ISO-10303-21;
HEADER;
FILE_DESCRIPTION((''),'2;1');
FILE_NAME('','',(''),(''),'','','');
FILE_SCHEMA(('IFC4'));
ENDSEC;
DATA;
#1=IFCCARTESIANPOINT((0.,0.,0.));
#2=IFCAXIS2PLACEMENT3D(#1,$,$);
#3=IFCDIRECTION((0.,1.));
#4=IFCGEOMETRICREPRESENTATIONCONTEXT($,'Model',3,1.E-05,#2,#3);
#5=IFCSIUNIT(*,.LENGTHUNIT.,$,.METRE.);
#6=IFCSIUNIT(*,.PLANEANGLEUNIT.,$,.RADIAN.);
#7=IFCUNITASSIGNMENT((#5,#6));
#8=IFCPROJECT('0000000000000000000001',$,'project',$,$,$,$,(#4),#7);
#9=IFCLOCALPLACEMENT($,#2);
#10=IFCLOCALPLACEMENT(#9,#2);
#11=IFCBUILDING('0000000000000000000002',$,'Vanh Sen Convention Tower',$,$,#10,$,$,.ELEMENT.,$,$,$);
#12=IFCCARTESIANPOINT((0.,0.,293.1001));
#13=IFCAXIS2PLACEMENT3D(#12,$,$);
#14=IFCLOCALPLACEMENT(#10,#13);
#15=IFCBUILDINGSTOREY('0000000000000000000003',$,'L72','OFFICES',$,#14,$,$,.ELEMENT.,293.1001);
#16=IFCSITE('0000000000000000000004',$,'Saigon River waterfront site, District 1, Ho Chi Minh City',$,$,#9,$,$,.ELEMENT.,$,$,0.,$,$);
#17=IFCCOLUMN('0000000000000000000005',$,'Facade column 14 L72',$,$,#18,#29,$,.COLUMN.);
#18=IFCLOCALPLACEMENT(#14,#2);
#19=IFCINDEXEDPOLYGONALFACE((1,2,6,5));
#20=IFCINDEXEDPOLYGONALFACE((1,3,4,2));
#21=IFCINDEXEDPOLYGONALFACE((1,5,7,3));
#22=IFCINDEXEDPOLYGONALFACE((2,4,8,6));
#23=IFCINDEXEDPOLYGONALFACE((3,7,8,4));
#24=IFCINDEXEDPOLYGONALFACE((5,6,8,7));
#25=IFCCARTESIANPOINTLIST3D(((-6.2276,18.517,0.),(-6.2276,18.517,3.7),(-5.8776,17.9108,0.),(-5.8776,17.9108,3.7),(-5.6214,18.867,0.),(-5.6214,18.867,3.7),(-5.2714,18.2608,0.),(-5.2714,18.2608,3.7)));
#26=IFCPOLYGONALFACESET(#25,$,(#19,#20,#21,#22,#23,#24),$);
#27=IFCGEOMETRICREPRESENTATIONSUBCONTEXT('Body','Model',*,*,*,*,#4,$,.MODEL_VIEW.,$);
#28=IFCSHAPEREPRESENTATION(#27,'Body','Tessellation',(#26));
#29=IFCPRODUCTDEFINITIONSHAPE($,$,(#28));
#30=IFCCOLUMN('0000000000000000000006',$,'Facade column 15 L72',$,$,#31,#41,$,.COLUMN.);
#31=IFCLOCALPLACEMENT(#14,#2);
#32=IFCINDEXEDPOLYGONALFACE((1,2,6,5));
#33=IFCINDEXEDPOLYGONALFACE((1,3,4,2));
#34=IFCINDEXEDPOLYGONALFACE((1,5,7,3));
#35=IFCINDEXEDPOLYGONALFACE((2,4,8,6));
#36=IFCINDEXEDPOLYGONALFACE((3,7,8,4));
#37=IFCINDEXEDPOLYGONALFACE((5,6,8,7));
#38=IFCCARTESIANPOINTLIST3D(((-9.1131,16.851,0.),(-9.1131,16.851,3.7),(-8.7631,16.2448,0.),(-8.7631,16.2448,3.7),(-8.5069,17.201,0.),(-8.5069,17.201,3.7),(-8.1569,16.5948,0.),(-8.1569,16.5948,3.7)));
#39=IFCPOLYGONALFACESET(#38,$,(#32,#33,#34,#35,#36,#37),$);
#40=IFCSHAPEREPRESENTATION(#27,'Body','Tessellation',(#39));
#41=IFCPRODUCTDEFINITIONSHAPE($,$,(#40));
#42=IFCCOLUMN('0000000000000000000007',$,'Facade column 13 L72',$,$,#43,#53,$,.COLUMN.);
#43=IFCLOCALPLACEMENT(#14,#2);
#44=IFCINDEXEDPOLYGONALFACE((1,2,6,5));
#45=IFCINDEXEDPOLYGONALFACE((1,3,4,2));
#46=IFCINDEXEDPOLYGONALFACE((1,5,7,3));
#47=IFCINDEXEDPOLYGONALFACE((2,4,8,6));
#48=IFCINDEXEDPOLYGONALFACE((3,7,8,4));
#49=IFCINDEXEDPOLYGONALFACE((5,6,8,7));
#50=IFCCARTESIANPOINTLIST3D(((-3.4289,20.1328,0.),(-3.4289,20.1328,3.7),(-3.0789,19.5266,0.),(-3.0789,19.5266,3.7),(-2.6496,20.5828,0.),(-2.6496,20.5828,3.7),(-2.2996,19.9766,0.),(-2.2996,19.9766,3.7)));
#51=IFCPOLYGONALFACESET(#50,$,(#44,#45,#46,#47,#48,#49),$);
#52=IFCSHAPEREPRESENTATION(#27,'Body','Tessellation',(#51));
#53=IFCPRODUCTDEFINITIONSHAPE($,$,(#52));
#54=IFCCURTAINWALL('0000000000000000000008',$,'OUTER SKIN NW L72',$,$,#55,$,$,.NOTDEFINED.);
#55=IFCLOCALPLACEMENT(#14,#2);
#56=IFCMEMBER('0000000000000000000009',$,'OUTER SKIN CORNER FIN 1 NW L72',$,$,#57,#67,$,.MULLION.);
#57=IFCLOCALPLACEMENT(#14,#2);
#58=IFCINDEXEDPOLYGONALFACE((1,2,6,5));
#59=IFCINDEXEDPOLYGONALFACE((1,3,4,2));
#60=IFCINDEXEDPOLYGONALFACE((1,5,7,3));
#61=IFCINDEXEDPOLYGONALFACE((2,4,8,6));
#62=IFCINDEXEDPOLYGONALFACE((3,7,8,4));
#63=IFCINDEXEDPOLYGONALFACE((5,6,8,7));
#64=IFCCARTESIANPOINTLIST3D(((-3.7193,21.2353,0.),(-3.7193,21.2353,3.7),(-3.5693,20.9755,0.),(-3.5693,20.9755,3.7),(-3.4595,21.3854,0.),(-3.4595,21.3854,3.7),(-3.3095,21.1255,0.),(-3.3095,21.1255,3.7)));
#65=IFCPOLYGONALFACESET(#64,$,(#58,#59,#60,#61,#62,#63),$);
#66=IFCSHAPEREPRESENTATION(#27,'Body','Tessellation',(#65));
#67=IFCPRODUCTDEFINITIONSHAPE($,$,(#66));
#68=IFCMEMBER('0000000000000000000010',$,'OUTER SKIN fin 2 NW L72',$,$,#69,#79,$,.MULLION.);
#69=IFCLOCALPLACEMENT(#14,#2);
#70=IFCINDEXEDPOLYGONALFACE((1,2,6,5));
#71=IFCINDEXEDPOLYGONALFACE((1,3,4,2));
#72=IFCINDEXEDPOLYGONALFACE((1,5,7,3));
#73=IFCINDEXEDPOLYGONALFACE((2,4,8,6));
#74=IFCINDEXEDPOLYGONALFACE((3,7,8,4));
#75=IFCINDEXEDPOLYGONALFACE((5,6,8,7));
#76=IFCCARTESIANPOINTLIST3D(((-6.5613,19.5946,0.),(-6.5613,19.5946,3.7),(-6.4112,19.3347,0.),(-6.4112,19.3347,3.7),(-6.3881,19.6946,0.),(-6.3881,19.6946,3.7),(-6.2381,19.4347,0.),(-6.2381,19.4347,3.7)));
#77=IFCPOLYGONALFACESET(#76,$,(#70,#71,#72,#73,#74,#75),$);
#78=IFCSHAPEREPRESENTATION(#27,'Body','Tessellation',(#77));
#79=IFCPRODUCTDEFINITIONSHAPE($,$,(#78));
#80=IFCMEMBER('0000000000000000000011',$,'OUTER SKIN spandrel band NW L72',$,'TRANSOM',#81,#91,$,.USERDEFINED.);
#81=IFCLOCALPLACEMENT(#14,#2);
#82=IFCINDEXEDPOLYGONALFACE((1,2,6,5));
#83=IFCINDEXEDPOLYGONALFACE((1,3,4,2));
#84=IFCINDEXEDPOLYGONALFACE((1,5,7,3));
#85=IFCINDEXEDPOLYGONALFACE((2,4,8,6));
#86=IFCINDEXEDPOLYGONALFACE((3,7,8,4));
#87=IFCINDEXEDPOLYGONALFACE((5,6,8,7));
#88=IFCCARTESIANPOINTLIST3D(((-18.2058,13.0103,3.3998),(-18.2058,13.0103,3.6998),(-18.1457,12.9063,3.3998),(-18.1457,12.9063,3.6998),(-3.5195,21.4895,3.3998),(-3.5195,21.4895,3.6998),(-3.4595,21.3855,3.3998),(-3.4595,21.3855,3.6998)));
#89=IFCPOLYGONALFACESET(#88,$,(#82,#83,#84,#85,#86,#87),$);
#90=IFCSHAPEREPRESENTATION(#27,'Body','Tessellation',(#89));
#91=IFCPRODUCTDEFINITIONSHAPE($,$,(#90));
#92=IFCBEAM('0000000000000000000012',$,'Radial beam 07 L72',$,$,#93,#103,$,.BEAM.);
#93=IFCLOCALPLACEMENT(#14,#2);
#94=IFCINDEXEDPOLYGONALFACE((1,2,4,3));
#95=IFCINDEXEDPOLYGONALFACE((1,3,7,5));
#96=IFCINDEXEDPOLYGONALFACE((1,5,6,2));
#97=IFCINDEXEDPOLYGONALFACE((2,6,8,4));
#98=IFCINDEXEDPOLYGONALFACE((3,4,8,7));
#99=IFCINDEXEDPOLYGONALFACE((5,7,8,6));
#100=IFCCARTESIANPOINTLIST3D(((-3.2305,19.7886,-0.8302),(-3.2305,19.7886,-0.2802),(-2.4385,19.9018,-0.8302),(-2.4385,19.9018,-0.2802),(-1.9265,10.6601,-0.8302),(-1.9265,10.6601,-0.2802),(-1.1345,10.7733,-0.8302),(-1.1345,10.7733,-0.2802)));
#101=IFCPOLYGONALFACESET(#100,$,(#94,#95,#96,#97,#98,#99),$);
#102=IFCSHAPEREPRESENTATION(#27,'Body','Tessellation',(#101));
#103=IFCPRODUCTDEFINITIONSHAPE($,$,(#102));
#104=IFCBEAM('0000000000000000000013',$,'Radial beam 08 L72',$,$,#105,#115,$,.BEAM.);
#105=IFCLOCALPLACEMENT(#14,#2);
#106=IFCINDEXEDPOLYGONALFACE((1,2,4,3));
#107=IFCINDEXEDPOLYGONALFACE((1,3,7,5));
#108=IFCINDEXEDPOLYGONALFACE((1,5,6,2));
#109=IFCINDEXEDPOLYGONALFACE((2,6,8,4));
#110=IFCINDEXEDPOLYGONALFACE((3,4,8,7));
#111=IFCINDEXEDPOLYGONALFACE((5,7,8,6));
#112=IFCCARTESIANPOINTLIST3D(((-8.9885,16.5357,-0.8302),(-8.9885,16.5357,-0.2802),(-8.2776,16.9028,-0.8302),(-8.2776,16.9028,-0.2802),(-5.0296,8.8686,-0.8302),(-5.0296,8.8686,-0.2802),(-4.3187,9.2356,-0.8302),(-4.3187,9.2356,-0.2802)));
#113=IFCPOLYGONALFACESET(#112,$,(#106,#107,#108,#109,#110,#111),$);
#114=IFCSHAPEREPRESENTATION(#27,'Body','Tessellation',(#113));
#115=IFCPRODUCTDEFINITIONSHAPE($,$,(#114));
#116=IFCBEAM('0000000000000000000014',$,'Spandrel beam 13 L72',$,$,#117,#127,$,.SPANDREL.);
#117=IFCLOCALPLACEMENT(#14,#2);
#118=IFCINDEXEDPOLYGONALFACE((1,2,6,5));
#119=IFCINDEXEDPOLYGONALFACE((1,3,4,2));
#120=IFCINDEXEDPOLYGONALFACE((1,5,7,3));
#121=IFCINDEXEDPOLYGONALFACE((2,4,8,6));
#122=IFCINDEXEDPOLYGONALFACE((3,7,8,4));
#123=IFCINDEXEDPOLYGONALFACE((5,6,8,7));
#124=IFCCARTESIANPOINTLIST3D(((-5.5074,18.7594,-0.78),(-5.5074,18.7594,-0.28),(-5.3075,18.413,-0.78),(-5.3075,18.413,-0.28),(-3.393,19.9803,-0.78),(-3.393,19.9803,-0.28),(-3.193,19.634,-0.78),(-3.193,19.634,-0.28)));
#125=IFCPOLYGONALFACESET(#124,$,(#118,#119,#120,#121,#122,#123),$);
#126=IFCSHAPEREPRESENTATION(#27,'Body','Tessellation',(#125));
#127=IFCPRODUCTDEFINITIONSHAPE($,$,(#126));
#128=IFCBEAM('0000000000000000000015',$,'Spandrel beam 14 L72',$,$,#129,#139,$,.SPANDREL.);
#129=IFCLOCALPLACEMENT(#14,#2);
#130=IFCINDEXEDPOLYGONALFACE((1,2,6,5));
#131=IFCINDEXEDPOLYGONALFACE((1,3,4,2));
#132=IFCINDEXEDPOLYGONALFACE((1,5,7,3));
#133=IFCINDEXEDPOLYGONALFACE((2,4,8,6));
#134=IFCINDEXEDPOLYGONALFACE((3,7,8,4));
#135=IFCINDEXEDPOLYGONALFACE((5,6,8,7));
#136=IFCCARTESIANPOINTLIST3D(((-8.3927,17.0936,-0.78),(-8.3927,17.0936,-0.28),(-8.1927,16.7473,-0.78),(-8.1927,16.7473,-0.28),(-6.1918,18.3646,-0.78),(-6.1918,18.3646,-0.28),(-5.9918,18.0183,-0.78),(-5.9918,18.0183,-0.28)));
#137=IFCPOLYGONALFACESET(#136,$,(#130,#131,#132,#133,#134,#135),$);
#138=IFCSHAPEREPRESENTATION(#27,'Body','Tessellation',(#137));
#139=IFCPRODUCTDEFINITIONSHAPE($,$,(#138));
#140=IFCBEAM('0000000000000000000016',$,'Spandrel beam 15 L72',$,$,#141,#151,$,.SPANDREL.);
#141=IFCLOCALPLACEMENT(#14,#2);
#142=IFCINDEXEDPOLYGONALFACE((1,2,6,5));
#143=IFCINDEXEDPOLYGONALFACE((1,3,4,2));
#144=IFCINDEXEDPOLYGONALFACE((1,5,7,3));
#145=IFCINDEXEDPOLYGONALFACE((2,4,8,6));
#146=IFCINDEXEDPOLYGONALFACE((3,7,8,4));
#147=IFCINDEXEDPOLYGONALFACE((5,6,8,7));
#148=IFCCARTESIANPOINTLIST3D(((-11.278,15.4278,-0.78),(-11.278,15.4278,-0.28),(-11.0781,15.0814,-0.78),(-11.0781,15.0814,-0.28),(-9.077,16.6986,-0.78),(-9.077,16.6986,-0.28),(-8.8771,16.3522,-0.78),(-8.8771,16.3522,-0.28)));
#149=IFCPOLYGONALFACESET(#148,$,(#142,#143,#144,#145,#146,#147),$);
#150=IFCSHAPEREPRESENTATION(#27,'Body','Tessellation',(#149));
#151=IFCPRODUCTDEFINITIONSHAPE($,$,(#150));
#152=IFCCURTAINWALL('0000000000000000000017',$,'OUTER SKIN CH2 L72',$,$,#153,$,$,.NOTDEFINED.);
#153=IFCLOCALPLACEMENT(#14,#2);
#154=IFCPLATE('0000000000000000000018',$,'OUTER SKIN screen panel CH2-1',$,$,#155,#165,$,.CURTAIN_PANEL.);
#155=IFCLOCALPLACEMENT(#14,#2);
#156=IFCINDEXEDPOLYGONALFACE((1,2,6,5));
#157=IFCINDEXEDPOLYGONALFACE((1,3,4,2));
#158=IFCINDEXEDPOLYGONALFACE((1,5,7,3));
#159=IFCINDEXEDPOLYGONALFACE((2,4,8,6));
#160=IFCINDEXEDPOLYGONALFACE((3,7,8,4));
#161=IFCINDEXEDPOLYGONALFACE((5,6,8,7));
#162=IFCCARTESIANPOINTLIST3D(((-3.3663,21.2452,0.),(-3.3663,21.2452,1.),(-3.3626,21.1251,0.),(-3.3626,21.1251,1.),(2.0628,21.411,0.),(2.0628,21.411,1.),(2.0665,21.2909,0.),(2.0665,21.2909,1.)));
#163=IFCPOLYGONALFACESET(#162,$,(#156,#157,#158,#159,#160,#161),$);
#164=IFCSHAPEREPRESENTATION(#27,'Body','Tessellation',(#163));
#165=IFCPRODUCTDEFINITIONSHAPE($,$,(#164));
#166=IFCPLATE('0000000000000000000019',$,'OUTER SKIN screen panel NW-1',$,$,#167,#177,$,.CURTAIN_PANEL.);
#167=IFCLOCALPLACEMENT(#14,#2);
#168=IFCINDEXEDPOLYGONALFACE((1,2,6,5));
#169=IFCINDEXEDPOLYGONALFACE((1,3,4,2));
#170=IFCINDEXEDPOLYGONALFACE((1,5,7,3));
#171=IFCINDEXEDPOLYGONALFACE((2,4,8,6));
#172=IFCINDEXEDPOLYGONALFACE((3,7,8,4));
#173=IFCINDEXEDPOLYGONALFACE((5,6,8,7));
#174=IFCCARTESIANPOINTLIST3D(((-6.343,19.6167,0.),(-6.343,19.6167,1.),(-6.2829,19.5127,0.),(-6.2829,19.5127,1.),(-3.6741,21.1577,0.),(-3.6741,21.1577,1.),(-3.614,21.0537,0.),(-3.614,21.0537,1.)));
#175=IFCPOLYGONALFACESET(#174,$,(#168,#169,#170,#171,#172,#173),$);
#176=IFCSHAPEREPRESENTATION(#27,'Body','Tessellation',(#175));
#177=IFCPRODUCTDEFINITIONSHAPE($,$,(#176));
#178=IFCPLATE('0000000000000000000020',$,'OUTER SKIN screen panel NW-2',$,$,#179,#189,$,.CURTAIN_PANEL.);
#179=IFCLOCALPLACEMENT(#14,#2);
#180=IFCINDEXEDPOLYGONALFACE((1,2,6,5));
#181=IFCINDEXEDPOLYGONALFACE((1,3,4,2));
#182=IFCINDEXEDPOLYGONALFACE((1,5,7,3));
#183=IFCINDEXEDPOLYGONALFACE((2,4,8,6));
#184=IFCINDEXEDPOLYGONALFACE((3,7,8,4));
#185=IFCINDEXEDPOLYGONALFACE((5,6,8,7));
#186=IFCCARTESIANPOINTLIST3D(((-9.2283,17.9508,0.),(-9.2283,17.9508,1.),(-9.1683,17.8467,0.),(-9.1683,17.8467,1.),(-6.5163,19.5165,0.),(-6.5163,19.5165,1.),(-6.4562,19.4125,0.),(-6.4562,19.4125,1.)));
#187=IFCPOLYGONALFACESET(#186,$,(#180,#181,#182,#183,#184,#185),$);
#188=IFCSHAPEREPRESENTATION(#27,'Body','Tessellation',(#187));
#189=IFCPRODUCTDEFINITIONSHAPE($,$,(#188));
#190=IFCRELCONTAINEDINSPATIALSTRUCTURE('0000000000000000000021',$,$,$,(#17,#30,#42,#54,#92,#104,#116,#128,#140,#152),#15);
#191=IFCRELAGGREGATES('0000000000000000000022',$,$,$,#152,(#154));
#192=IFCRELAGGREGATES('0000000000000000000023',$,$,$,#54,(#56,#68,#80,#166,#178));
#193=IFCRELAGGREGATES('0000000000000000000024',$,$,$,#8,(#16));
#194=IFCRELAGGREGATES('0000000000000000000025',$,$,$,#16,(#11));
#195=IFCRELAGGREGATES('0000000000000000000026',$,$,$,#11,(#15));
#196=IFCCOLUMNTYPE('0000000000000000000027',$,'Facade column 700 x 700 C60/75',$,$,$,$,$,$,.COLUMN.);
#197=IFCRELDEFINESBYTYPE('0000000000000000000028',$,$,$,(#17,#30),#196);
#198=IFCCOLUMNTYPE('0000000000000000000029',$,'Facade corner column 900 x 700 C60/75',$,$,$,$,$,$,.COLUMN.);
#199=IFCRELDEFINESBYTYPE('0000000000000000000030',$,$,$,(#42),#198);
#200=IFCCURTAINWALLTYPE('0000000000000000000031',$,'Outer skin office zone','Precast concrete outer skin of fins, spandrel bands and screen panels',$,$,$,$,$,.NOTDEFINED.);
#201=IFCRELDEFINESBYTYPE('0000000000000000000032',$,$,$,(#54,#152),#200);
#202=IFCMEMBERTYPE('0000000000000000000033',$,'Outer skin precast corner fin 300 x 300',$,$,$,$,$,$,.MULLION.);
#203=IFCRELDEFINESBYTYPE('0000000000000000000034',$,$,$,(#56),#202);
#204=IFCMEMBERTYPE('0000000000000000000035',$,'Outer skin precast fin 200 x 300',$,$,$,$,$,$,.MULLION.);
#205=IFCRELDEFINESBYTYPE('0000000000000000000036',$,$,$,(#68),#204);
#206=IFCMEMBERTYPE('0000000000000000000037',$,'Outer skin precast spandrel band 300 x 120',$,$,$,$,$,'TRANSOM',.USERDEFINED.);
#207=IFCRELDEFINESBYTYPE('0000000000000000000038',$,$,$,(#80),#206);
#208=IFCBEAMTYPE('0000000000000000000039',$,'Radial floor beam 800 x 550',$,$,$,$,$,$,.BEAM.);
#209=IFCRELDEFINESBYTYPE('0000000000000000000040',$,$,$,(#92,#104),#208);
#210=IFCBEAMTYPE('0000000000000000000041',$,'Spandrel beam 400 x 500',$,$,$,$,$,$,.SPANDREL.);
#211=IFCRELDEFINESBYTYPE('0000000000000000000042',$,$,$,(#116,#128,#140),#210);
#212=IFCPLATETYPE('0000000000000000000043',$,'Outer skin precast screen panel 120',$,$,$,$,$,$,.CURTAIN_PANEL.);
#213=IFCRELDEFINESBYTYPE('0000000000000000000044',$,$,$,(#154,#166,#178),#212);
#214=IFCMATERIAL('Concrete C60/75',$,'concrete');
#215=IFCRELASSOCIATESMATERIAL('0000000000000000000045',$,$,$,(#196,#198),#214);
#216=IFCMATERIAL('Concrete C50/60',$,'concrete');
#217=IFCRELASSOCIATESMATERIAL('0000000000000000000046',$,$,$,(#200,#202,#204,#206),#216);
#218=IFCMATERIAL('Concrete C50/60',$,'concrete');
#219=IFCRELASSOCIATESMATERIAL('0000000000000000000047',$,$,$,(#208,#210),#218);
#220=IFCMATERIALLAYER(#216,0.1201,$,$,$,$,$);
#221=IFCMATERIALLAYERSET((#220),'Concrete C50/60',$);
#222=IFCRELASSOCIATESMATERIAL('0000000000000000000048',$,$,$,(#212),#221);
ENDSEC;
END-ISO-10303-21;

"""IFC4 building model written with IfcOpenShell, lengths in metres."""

from ifc_helpers import new_model, si_unit, direction, frame, origin, origin_2d, place, context, subcontext, project, spatial, rectangle, extrude, material, layer, layer_set, material_profile, profile_set, type_object, element, aggregate, save


model = new_model("IFC4")

# Units and contexts
model_context = context("Model", 3, precision=1e-05, world=origin(), true_north=direction((0.0, 1.0)))
body_context = subcontext(model_context, "Body", "Model", "MODEL_VIEW")
ifc_project = project(units=[si_unit("LENGTHUNIT", "METRE"), si_unit("PLANEANGLEUNIT", "RADIAN")], contexts=[model_context])

# Site, building, storey
site_placement = place(None, origin())
site = spatial("IfcSite", under=ifc_project, at=site_placement, Name="Saigon River waterfront site, District 1, Ho Chi Minh City", CompositionType="ELEMENT", RefElevation=0.0)
building_placement = place(site_placement, origin())
building = spatial("IfcBuilding", under=site, at=building_placement, Name="Vanh Sen Convention Tower", CompositionType="ELEMENT")
storey_placement = place(building_placement, frame((0.0, 0.0, 293.1001)))
storey = spatial("IfcBuildingStorey", under=building, at=storey_placement, Name="L72", Description="OFFICES", CompositionType="ELEMENT", Elevation=293.1001)

# Columns
ifc_material_1 = material(Name="Concrete C60/75", Category="concrete")
ifc_material_profile_1 = material_profile(ifc_material_1, rectangle(XDim=0.7, YDim=0.7, at=origin_2d()), Name="RC 700X700")
ifc_profile_set_1 = profile_set([ifc_material_profile_1], Name="Concrete C60/75")
column_type_1 = type_object("IfcColumnType", Name="Facade column 700 x 700 C60/75", PredefinedType="COLUMN", material=ifc_profile_set_1)
for number, where, z_axis, x_axis, name in (
    (1, (-5.7495, 18.3889, 0.0), (0.0, 0.0, 1.0), (-0.866025, -0.5, 0.0), "Facade column 14 L72"),
    (2, (-8.635, 16.7229, 0.0), (0.0, 0.0, 1.0), (-0.866025, -0.5, 0.0), "Facade column 15 L72"),
):
    element("IfcColumn", number, at=place(storey_placement, frame(where, z_axis=z_axis, x_axis=x_axis)), inside=storey, type_object=column_type_1, Name=name, PredefinedType="COLUMN", context=body_context, shape_type="SweptSolid", body=[
        extrude(rectangle(XDim=0.7, YDim=0.7, at=origin_2d()), origin(), (0.0, 0.0, 1.0), 3.7),
    ])
ifc_material_profile_2 = material_profile(ifc_material_1, rectangle(XDim=0.8999, YDim=0.7, at=origin_2d()), Name="RC 900X700")
ifc_profile_set_2 = profile_set([ifc_material_profile_2], Name="Concrete C60/75")
column_type_2 = type_object("IfcColumnType", Name="Facade corner column 900 x 700 C60/75", PredefinedType="COLUMN", material=ifc_profile_set_2)
column_placement = place(storey_placement, frame((-2.8643, 20.0547, 0.0), z_axis=(0.0, 0.0, 1.0), x_axis=(-0.866025, -0.5, 0.0)))
element("IfcColumn", 3, at=column_placement, inside=storey, type_object=column_type_2, Name="Facade column 13 L72", PredefinedType="COLUMN", context=body_context, shape_type="SweptSolid", body=[
    extrude(rectangle(XDim=0.8999, YDim=0.7, at=origin_2d()), origin(), (0.0, 0.0, 1.0), 3.7),
])

# Curtain wall, members
ifc_material_2 = material(Name="Concrete C50/60", Category="concrete")
curtain_wall_type = type_object("IfcCurtainWallType", Name="Outer skin office zone", Description="Precast concrete outer skin of fins, spandrel bands and screen panels", PredefinedType="NOTDEFINED", material=ifc_material_2)
curtain_wall_1_placement = place(storey_placement, origin())
curtain_wall_1 = element("IfcCurtainWall", 4, at=curtain_wall_1_placement, inside=storey, type_object=curtain_wall_type, Name="OUTER SKIN NW L72", PredefinedType="NOTDEFINED")
ifc_material_profile_3 = material_profile(ifc_material_2, rectangle(XDim=0.3, YDim=0.3, at=origin_2d()), Name="Outer skin precast corner fin 300 x 300")
ifc_profile_set_3 = profile_set([ifc_material_profile_3], Name="Concrete C50/60")
member_type_1 = type_object("IfcMemberType", Name="Outer skin precast corner fin 300 x 300", PredefinedType="MULLION", material=ifc_profile_set_3)
member_1_placement = place(storey_placement, frame((-3.5144, 21.1804, 0.0), z_axis=(0.0, 0.0, 1.0), x_axis=(-0.866025, -0.5, 0.0)))
member_1 = element("IfcMember", 5, at=member_1_placement, type_object=member_type_1, Name="OUTER SKIN CORNER FIN 1 NW L72", PredefinedType="MULLION", context=body_context, shape_type="SweptSolid", body=[
    extrude(rectangle(XDim=0.3, YDim=0.3, at=origin_2d()), origin(), (0.0, 0.0, 1.0), 3.7),
])
ifc_material_profile_4 = material_profile(ifc_material_2, rectangle(XDim=0.2, YDim=0.3, at=origin_2d()), Name="Outer skin precast fin 200 x 300")
ifc_profile_set_4 = profile_set([ifc_material_profile_4], Name="Concrete C50/60")
member_type_2 = type_object("IfcMemberType", Name="Outer skin precast fin 200 x 300", PredefinedType="MULLION", material=ifc_profile_set_4)
member_2_placement = place(storey_placement, frame((-6.3997, 19.5146, 0.0), z_axis=(0.0, 0.0, 1.0), x_axis=(-0.866025, -0.5, 0.0)))
member_2 = element("IfcMember", 6, at=member_2_placement, type_object=member_type_2, Name="OUTER SKIN fin 2 NW L72", PredefinedType="MULLION", context=body_context, shape_type="SweptSolid", body=[
    extrude(rectangle(XDim=0.2, YDim=0.3, at=origin_2d()), origin(), (0.0, 0.0, 1.0), 3.7),
])
ifc_material_profile_5 = material_profile(ifc_material_2, rectangle(XDim=0.1201, YDim=0.3, at=origin_2d()), Name="Outer skin precast spandrel band 300 x 120")
ifc_profile_set_5 = profile_set([ifc_material_profile_5], Name="Concrete C50/60")
member_type_3 = type_object("IfcMemberType", Name="Outer skin precast spandrel band 300 x 120", ElementType="TRANSOM", PredefinedType="USERDEFINED", material=ifc_profile_set_5)
member_3_placement = place(storey_placement, frame((-3.4895, 21.4375, 3.5498), z_axis=(-0.866022, -0.500005, 0.0), x_axis=(0.500005, -0.866022, 0.0)))
member_3 = element("IfcMember", 7, at=member_3_placement, type_object=member_type_3, Name="OUTER SKIN spandrel band NW L72", ObjectType="TRANSOM", PredefinedType="USERDEFINED", context=body_context, shape_type="SweptSolid", body=[
    extrude(rectangle(XDim=0.1201, YDim=0.3, at=origin_2d()), origin(), (0.0, 0.0, 1.0), 16.9583),
])

# Beams
ifc_material_3 = material(Name="Concrete C50/60", Category="concrete")
ifc_material_profile_6 = material_profile(ifc_material_3, rectangle(XDim=0.8, YDim=0.55, at=origin_2d()), Name="RC 800X550")
ifc_profile_set_6 = profile_set([ifc_material_profile_6], Name="Concrete C50/60")
beam_type_1 = type_object("IfcBeamType", Name="Radial floor beam 800 x 550", PredefinedType="BEAM", material=ifc_profile_set_6)
beam_1_placement = place(storey_placement, frame((-2.8345, 19.8452, -0.5552), z_axis=(0.14141, -0.989951, 0.0), x_axis=(0.989951, 0.14141, 0.0)))
element("IfcBeam", 8, at=beam_1_placement, inside=storey, type_object=beam_type_1, Name="Radial beam 07 L72", PredefinedType="BEAM", context=body_context, shape_type="SweptSolid", body=[
    extrude(rectangle(XDim=0.8, YDim=0.55, at=origin_2d()), origin(), (0.0, 0.0, 1.0), 9.2212),
])
beam_2_placement = place(storey_placement, frame((-8.6331, 16.7192, -0.5552), z_axis=(0.458799, -0.88854, 0.0), x_axis=(0.88854, 0.458799, 0.0)))
element("IfcBeam", 9, at=beam_2_placement, inside=storey, type_object=beam_type_1, Name="Radial beam 08 L72", PredefinedType="BEAM", context=body_context, shape_type="SweptSolid", body=[
    extrude(rectangle(XDim=0.8, YDim=0.55, at=origin_2d()), origin(), (0.0, 0.0, 1.0), 8.6289),
])
ifc_material_profile_7 = material_profile(ifc_material_3, rectangle(XDim=0.3999, YDim=0.5, at=origin_2d()), Name="RC 400X500")
ifc_profile_set_7 = profile_set([ifc_material_profile_7], Name="Concrete C50/60")
beam_type_2 = type_object("IfcBeamType", Name="Spandrel beam 400 x 500", PredefinedType="SPANDREL", material=ifc_profile_set_7)
beam_3_placement = place(storey_placement, frame((-3.293, 19.8071, -0.53), z_axis=(-0.866001, -0.500043, 0.0), x_axis=(0.500043, -0.866001, 0.0)))
element("IfcBeam", 10, at=beam_3_placement, inside=storey, type_object=beam_type_2, Name="Spandrel beam 13 L72", PredefinedType="SPANDREL", context=body_context, shape_type="SweptSolid", body=[
    extrude(rectangle(XDim=0.3999, YDim=0.5, at=origin_2d()), origin(), (0.0, 0.0, 1.0), 2.4417),
])
for number, where, z_axis, x_axis, name in (
    (11, (-6.0918, 18.1914, -0.53), (-0.865976, -0.500086, 0.0), (0.500086, -0.865976, 0.0), "Spandrel beam 14 L72"),
    (12, (-8.9771, 16.5254, -0.53), (-0.866018, -0.500013, 0.0), (0.500013, -0.866018, 0.0), "Spandrel beam 15 L72"),
):
    element("IfcBeam", number, at=place(storey_placement, frame(where, z_axis=z_axis, x_axis=x_axis)), inside=storey, type_object=beam_type_2, Name=name, PredefinedType="SPANDREL", context=body_context, shape_type="SweptSolid", body=[
        extrude(rectangle(XDim=0.3999, YDim=0.5, at=origin_2d()), origin(), (0.0, 0.0, 1.0), 2.5415),
    ])

# Curtain wall, plate
curtain_wall_2_placement = place(storey_placement, origin())
curtain_wall_2 = element("IfcCurtainWall", 13, at=curtain_wall_2_placement, inside=storey, type_object=curtain_wall_type, Name="OUTER SKIN CH2 L72", PredefinedType="NOTDEFINED")
ifc_layer_1 = layer(ifc_material_2, 0.1201)
ifc_layer_set_1 = layer_set([ifc_layer_1], Name="Concrete C50/60")
plate_type = type_object("IfcPlateType", Name="Outer skin precast screen panel 120", PredefinedType="CURTAIN_PANEL", material=ifc_layer_set_1)
plate_1_placement = place(storey_placement, frame((-0.6499, 21.2681, 0.0), z_axis=(0.0, 0.0, 1.0), x_axis=(-0.999534, -0.030528, 0.0)))
plate_1 = element("IfcPlate", 14, at=plate_1_placement, type_object=plate_type, Name="OUTER SKIN screen panel CH2-1", PredefinedType="CURTAIN_PANEL", context=body_context, shape_type="SweptSolid", body=[
    extrude(rectangle(XDim=5.4316, YDim=0.1201, at=origin_2d()), origin(), (0.0, 0.0, 1.0), 1.0),
])
aggregate(curtain_wall_2, [plate_1])

# Plates
plate_2_placement = place(storey_placement, frame((-4.9785, 20.3352, 0.0), z_axis=(0.0, 0.0, 1.0), x_axis=(-0.866016, -0.500017, 0.0)))
plate_2 = element("IfcPlate", 15, at=plate_2_placement, type_object=plate_type, Name="OUTER SKIN screen panel NW-1", PredefinedType="CURTAIN_PANEL", context=body_context, shape_type="SweptSolid", body=[
    extrude(rectangle(XDim=3.0818, YDim=0.1201, at=origin_2d()), origin(), (0.0, 0.0, 1.0), 1.0),
])
plate_3_placement = place(storey_placement, frame((-7.8423, 18.6816, 0.0), z_axis=(0.0, 0.0, 1.0), x_axis=(-0.866029, -0.499994, 0.0)))
plate_3 = element("IfcPlate", 16, at=plate_3_placement, type_object=plate_type, Name="OUTER SKIN screen panel NW-2", PredefinedType="CURTAIN_PANEL", context=body_context, shape_type="SweptSolid", body=[
    extrude(rectangle(XDim=3.1316, YDim=0.1201, at=origin_2d()), origin(), (0.0, 0.0, 1.0), 1.0),
])
aggregate(curtain_wall_1, [member_1, member_2, member_3, plate_2, plate_3])

save(model, "model.ifc")
